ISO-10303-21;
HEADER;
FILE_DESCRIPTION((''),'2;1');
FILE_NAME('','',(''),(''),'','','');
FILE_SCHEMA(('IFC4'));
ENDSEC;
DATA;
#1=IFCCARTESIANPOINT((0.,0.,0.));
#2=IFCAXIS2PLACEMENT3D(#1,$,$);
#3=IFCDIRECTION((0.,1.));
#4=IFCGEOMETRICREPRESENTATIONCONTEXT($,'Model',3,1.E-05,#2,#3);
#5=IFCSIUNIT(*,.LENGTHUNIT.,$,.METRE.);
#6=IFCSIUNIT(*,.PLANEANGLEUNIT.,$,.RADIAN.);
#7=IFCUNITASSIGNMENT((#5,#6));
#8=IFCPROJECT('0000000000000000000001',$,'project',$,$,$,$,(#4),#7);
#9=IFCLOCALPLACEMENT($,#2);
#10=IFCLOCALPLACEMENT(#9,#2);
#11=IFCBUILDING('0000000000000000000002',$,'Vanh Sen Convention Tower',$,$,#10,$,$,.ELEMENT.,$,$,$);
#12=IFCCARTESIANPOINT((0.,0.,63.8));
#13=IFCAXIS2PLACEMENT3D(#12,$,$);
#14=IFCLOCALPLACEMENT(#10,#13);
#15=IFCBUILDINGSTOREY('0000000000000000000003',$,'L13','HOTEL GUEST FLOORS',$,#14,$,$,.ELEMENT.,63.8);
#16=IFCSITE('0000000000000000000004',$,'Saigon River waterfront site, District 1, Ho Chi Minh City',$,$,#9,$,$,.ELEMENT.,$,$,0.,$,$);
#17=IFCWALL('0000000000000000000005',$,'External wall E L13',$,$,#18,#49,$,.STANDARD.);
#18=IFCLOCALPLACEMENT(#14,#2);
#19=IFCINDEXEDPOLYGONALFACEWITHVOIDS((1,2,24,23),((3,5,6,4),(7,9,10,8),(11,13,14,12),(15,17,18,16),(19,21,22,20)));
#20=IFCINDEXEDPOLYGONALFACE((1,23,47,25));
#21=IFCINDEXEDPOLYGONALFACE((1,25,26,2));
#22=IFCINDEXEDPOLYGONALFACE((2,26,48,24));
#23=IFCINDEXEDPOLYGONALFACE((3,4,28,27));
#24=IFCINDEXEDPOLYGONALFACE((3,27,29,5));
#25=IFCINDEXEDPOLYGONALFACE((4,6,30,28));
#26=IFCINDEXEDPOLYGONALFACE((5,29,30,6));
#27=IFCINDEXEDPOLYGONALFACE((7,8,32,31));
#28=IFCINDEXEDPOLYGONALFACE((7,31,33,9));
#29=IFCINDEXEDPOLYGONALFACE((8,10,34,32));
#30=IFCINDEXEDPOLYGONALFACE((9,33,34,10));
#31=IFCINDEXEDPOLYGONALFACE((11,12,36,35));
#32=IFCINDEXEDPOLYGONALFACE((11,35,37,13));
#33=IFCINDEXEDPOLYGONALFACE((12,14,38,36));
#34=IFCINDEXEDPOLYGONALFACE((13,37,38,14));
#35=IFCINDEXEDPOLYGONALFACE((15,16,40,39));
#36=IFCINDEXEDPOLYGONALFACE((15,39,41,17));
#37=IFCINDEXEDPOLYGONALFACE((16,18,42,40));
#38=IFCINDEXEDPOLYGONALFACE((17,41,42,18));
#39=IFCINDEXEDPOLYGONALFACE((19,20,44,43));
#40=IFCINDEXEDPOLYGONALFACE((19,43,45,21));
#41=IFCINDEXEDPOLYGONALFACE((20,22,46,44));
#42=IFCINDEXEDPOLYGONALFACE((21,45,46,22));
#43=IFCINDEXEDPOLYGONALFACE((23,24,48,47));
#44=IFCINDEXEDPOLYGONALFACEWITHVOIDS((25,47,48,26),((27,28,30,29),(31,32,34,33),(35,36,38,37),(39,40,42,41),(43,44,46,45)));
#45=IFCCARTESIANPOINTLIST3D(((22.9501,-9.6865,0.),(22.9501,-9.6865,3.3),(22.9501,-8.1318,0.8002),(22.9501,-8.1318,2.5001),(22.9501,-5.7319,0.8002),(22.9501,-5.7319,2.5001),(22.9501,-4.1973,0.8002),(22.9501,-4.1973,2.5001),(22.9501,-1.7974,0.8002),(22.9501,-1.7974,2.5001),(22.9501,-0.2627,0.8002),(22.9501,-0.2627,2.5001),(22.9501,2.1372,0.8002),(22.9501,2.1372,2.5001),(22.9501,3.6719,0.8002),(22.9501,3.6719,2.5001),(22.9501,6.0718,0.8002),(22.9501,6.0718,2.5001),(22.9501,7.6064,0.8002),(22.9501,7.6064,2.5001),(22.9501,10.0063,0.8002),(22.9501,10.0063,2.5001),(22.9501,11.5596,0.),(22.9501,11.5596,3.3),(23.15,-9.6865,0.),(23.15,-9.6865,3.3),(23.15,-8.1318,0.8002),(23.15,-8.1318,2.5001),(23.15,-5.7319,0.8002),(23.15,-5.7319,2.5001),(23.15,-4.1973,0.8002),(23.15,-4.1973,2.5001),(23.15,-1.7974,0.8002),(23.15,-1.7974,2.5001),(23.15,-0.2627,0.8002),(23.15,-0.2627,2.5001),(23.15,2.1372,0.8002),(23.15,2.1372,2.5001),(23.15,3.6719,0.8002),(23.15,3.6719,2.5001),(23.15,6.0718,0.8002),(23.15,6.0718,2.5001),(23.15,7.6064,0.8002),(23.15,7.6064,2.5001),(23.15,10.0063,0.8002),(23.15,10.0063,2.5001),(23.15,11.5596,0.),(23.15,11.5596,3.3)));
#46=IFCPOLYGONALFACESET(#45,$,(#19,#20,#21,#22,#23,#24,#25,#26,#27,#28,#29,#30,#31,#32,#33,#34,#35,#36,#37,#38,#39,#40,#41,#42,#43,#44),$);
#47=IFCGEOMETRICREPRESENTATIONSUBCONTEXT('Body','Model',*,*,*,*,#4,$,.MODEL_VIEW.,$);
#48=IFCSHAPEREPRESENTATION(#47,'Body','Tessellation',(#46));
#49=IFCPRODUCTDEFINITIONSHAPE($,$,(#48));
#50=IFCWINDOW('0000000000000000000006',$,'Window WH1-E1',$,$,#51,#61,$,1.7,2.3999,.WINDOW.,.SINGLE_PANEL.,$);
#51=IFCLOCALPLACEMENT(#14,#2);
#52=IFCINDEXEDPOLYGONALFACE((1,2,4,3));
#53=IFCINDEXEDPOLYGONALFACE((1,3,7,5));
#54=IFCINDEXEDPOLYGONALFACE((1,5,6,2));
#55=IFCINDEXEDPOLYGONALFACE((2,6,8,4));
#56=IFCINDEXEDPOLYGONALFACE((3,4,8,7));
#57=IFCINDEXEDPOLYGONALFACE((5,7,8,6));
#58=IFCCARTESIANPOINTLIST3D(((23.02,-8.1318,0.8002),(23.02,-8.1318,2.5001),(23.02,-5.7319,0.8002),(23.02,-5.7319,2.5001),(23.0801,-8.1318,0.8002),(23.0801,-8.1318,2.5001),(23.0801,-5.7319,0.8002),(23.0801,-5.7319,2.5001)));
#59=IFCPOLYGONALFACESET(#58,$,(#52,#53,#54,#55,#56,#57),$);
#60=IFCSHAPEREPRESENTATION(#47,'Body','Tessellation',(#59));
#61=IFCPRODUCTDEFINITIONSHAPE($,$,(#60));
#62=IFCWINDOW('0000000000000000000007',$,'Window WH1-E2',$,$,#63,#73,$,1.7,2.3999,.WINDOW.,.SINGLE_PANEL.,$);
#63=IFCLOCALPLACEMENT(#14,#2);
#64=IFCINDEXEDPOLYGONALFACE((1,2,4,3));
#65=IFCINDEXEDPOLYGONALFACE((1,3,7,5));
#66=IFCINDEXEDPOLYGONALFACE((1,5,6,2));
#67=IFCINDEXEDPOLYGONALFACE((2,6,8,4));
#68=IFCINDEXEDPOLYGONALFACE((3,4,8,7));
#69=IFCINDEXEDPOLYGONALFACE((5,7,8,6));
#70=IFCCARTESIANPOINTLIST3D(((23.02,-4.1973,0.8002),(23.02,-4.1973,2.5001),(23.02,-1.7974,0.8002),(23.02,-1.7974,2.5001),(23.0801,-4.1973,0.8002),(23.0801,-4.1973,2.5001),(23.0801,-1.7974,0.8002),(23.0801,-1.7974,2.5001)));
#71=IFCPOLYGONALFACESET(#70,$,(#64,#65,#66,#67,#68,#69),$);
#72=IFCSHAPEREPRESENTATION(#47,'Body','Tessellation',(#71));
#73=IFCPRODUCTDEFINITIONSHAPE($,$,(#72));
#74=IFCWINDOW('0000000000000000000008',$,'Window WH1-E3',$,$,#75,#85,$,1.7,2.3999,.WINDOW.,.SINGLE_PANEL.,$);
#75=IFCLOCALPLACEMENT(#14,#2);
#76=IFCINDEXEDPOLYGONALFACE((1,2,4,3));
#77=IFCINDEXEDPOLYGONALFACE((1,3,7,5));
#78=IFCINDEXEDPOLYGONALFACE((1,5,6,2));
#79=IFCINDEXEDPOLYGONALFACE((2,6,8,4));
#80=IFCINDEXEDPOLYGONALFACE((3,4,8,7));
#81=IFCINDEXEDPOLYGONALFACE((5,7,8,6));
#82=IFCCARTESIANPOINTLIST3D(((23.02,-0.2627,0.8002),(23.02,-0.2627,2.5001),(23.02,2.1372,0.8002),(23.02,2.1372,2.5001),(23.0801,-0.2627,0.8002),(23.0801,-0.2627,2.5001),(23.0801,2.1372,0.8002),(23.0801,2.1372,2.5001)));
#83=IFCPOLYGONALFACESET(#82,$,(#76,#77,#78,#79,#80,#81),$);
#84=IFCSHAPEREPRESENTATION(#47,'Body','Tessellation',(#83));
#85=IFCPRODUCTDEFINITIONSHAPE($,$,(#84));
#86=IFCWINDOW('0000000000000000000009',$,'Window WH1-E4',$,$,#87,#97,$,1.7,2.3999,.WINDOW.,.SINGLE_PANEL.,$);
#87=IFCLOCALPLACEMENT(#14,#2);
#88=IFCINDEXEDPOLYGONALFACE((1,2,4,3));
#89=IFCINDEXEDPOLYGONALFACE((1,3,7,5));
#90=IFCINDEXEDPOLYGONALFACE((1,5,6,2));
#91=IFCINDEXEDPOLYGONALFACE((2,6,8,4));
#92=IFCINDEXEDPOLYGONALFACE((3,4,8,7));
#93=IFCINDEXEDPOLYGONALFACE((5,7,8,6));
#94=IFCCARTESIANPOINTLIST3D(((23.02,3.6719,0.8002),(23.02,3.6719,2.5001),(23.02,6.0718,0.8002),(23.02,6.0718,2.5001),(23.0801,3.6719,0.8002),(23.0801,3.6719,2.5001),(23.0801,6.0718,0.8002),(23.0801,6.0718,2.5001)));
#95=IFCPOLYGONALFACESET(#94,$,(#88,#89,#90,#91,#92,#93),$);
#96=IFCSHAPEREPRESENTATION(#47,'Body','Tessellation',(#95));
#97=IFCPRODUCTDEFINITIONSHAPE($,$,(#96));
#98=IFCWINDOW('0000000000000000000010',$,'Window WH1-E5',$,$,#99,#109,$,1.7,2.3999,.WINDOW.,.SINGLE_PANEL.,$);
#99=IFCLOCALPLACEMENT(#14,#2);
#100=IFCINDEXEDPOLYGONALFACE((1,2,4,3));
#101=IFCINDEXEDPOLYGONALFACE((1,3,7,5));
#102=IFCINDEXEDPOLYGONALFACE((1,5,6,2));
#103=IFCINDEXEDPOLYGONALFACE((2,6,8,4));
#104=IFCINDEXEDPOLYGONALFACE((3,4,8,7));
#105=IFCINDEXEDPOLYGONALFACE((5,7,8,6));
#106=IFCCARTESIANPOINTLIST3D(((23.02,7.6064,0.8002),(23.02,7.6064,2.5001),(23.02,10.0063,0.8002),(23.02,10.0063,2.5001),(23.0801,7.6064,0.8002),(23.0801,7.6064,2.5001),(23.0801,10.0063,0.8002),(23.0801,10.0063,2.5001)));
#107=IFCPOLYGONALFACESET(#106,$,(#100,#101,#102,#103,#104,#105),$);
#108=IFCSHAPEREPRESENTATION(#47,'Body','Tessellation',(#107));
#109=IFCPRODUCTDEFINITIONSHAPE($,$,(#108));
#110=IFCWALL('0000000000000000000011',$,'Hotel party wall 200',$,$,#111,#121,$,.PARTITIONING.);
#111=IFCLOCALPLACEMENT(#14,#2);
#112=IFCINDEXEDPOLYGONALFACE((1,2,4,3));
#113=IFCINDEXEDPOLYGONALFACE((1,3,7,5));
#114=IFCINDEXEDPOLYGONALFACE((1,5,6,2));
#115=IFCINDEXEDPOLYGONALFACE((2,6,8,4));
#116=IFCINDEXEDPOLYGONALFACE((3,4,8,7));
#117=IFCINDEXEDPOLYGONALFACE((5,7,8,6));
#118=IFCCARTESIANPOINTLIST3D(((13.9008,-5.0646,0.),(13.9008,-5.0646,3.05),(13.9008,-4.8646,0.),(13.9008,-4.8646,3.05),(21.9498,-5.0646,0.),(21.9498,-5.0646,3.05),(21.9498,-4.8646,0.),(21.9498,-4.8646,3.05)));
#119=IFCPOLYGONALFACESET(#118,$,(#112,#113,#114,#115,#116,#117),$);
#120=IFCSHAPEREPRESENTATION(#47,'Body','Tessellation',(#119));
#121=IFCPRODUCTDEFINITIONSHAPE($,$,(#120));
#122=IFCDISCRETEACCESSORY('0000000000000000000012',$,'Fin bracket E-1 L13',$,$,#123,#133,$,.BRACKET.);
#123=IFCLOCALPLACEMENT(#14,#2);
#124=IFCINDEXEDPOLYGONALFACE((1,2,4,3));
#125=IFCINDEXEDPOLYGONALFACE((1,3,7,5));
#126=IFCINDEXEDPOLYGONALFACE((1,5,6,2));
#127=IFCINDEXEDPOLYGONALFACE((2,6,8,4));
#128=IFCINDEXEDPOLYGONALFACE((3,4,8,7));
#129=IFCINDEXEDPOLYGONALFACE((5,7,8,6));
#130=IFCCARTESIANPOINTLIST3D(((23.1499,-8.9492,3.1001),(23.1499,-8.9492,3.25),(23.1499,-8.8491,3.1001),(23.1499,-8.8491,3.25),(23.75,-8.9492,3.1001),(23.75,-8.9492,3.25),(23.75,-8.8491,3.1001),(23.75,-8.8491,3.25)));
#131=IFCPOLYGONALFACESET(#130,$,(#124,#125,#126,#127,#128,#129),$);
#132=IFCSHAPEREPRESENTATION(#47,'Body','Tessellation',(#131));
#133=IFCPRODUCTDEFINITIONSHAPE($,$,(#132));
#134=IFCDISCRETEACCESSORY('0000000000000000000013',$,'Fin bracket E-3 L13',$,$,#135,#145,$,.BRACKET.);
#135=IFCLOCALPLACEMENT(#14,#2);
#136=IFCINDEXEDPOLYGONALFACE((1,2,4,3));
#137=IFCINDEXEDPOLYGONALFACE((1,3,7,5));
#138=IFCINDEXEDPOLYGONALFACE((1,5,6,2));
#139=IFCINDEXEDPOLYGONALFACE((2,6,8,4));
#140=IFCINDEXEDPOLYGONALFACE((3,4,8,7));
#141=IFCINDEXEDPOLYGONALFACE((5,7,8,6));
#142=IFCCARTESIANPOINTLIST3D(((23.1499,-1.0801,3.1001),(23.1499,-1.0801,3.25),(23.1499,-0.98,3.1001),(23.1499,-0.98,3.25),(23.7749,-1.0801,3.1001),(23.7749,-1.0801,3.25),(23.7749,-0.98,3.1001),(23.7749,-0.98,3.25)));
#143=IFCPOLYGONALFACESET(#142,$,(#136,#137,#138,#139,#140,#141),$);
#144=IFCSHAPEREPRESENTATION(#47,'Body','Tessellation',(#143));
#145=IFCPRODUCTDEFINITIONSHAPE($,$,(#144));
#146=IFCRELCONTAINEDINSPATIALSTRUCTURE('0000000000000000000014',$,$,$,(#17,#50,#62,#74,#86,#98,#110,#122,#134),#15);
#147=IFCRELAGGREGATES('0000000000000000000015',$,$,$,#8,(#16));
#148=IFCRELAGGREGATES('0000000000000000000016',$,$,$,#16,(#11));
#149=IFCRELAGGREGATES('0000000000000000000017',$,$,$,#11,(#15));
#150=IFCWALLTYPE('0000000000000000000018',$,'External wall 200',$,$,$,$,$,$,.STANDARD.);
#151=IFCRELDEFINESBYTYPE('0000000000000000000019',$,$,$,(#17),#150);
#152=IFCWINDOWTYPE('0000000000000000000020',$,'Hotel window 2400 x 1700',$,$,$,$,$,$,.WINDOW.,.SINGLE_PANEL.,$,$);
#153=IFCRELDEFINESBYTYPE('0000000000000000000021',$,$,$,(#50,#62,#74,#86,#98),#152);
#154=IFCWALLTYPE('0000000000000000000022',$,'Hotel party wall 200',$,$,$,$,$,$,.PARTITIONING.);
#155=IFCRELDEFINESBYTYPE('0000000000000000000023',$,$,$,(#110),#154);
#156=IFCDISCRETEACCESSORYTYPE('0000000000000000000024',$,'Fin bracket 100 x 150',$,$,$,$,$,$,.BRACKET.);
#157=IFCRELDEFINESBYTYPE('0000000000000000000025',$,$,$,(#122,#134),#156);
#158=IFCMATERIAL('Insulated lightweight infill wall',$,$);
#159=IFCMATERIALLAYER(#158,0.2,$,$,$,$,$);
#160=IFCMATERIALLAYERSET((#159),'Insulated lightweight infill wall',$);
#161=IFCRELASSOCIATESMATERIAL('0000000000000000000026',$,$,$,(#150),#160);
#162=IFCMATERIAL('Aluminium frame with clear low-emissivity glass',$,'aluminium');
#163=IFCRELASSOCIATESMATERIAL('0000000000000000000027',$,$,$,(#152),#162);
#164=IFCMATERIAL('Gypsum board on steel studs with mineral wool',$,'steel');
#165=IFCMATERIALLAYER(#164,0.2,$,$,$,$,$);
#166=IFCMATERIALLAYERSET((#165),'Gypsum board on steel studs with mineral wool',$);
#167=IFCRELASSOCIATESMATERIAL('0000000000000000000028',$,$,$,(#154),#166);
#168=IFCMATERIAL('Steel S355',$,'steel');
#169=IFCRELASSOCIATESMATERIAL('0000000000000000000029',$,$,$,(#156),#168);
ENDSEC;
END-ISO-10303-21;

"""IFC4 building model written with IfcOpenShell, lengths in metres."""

from ifc_helpers import new_model, si_unit, direction, frame, frame_2d, origin, origin_2d, place, context, subcontext, project, spatial, rectangle, extrude, material, layer, layer_set, type_object, element, fill, save


model = new_model("IFC4")

# Units and contexts
model_context = context("Model", 3, precision=1e-05, world=origin(), true_north=direction((0.0, 1.0)))
body_context = subcontext(model_context, "Body", "Model", "MODEL_VIEW")
ifc_project = project(units=[si_unit("LENGTHUNIT", "METRE"), si_unit("PLANEANGLEUNIT", "RADIAN")], contexts=[model_context])

# Site, building, storey
site_placement = place(None, origin())
site = spatial("IfcSite", under=ifc_project, at=site_placement, Name="Saigon River waterfront site, District 1, Ho Chi Minh City", CompositionType="ELEMENT", RefElevation=0.0)
building_placement = place(site_placement, origin())
building = spatial("IfcBuilding", under=site, at=building_placement, Name="Vanh Sen Convention Tower", CompositionType="ELEMENT")
storey_placement = place(building_placement, frame((0.0, 0.0, 63.8)))
storey = spatial("IfcBuildingStorey", under=building, at=storey_placement, Name="L13", Description="HOTEL GUEST FLOORS", CompositionType="ELEMENT", Elevation=63.8)

# Wall, openings, windows
ifc_material_1 = material(Name="Insulated lightweight infill wall")
ifc_layer_1 = layer(ifc_material_1, 0.2)
ifc_layer_set_1 = layer_set([ifc_layer_1], Name="Insulated lightweight infill wall")
wall_type_1 = type_object("IfcWallType", Name="External wall 200", PredefinedType="STANDARD", material=ifc_layer_set_1)
wall_1_placement = place(storey_placement, frame((23.05, -9.6865, 0.0), z_axis=(0.0, 0.0, 1.0), x_axis=(0.0, 1.0, 0.0)))
wall_1 = element("IfcWall", 1, at=wall_1_placement, inside=storey, type_object=wall_type_1, Name="External wall E L13", PredefinedType="STANDARD", context=body_context, shape_type="SweptSolid", body=[
    extrude(rectangle(XDim=21.2461, YDim=0.2, at=frame_2d((10.623, 0.0))), origin(), (0.0, 0.0, 1.0), 3.3),
])
opening_1_placement = place(wall_1_placement, frame((1.5547, 0.0, 0.8)))
opening_1 = element("IfcOpeningElement", 2, at=opening_1_placement, cuts=wall_1, PredefinedType="OPENING", context=body_context, shape_type="SweptSolid", body=[
    extrude(rectangle(XDim=2.3999, YDim=1.7, at=frame_2d((1.2, 0.8501))), frame((0.0, 0.1099, 0.0), z_axis=(0.0, -1.0, 0.0), x_axis=(1.0, 0.0, 0.0)), (0.0, 0.0, 1.0), 0.22),
])
opening_2_placement = place(wall_1_placement, frame((5.4893, 0.0, 0.8)))
opening_2 = element("IfcOpeningElement", 3, at=opening_2_placement, cuts=wall_1, PredefinedType="OPENING", context=body_context, shape_type="SweptSolid", body=[
    extrude(rectangle(XDim=2.3999, YDim=1.7, at=frame_2d((1.2, 0.8501))), frame((0.0, 0.1099, 0.0), z_axis=(0.0, -1.0, 0.0), x_axis=(1.0, 0.0, 0.0)), (0.0, 0.0, 1.0), 0.22),
])
opening_3_placement = place(wall_1_placement, frame((9.4238, 0.0, 0.8)))
opening_3 = element("IfcOpeningElement", 4, at=opening_3_placement, cuts=wall_1, PredefinedType="OPENING", context=body_context, shape_type="SweptSolid", body=[
    extrude(rectangle(XDim=2.3999, YDim=1.7, at=frame_2d((1.2, 0.8501))), frame((0.0, 0.1099, 0.0), z_axis=(0.0, -1.0, 0.0), x_axis=(1.0, 0.0, 0.0)), (0.0, 0.0, 1.0), 0.22),
])
opening_4_placement = place(wall_1_placement, frame((13.3584, 0.0, 0.8)))
opening_4 = element("IfcOpeningElement", 5, at=opening_4_placement, cuts=wall_1, PredefinedType="OPENING", context=body_context, shape_type="SweptSolid", body=[
    extrude(rectangle(XDim=2.3999, YDim=1.7, at=frame_2d((1.2, 0.8501))), frame((0.0, 0.1099, 0.0), z_axis=(0.0, -1.0, 0.0), x_axis=(1.0, 0.0, 0.0)), (0.0, 0.0, 1.0), 0.22),
])
opening_5_placement = place(wall_1_placement, frame((17.293, 0.0, 0.8)))
opening_5 = element("IfcOpeningElement", 6, at=opening_5_placement, cuts=wall_1, PredefinedType="OPENING", context=body_context, shape_type="SweptSolid", body=[
    extrude(rectangle(XDim=2.3999, YDim=1.7, at=frame_2d((1.2, 0.8501))), frame((0.0, 0.1099, 0.0), z_axis=(0.0, -1.0, 0.0), x_axis=(1.0, 0.0, 0.0)), (0.0, 0.0, 1.0), 0.22),
])
ifc_material_2 = material(Name="Aluminium frame with clear low-emissivity glass", Category="aluminium")
window_type = type_object("IfcWindowType", Name="Hotel window 2400 x 1700", PartitioningType="SINGLE_PANEL", PredefinedType="WINDOW", material=ifc_material_2)
window_1_placement = place(opening_1_placement, origin())
window_1 = element("IfcWindow", 7, at=window_1_placement, inside=storey, type_object=window_type, Name="Window WH1-E1", OverallHeight=1.7, OverallWidth=2.3999, PartitioningType="SINGLE_PANEL", PredefinedType="WINDOW", context=body_context, shape_type="SweptSolid", body=[
    extrude(rectangle(XDim=2.3999, YDim=1.7, at=frame_2d((1.2, 0.8501))), frame((0.0, 0.03, 0.0), z_axis=(0.0, -1.0, 0.0), x_axis=(1.0, 0.0, 0.0)), (0.0, 0.0, 1.0), 0.0601),
])
fill(opening_1, window_1)
window_2_placement = place(opening_2_placement, origin())
window_2 = element("IfcWindow", 8, at=window_2_placement, inside=storey, type_object=window_type, Name="Window WH1-E2", OverallHeight=1.7, OverallWidth=2.3999, PartitioningType="SINGLE_PANEL", PredefinedType="WINDOW", context=body_context, shape_type="SweptSolid", body=[
    extrude(rectangle(XDim=2.3999, YDim=1.7, at=frame_2d((1.2, 0.8501))), frame((0.0, 0.03, 0.0), z_axis=(0.0, -1.0, 0.0), x_axis=(1.0, 0.0, 0.0)), (0.0, 0.0, 1.0), 0.0601),
])
fill(opening_2, window_2)
window_3_placement = place(opening_3_placement, origin())
window_3 = element("IfcWindow", 9, at=window_3_placement, inside=storey, type_object=window_type, Name="Window WH1-E3", OverallHeight=1.7, OverallWidth=2.3999, PartitioningType="SINGLE_PANEL", PredefinedType="WINDOW", context=body_context, shape_type="SweptSolid", body=[
    extrude(rectangle(XDim=2.3999, YDim=1.7, at=frame_2d((1.2, 0.8501))), frame((0.0, 0.03, 0.0), z_axis=(0.0, -1.0, 0.0), x_axis=(1.0, 0.0, 0.0)), (0.0, 0.0, 1.0), 0.0601),
])
fill(opening_3, window_3)
window_4_placement = place(opening_4_placement, origin())
window_4 = element("IfcWindow", 10, at=window_4_placement, inside=storey, type_object=window_type, Name="Window WH1-E4", OverallHeight=1.7, OverallWidth=2.3999, PartitioningType="SINGLE_PANEL", PredefinedType="WINDOW", context=body_context, shape_type="SweptSolid", body=[
    extrude(rectangle(XDim=2.3999, YDim=1.7, at=frame_2d((1.2, 0.8501))), frame((0.0, 0.03, 0.0), z_axis=(0.0, -1.0, 0.0), x_axis=(1.0, 0.0, 0.0)), (0.0, 0.0, 1.0), 0.0601),
])
fill(opening_4, window_4)
window_5_placement = place(opening_5_placement, origin())
window_5 = element("IfcWindow", 11, at=window_5_placement, inside=storey, type_object=window_type, Name="Window WH1-E5", OverallHeight=1.7, OverallWidth=2.3999, PartitioningType="SINGLE_PANEL", PredefinedType="WINDOW", context=body_context, shape_type="SweptSolid", body=[
    extrude(rectangle(XDim=2.3999, YDim=1.7, at=frame_2d((1.2, 0.8501))), frame((0.0, 0.03, 0.0), z_axis=(0.0, -1.0, 0.0), x_axis=(1.0, 0.0, 0.0)), (0.0, 0.0, 1.0), 0.0601),
])
fill(opening_5, window_5)

# Wall
ifc_material_3 = material(Name="Gypsum board on steel studs with mineral wool", Category="steel")
ifc_layer_2 = layer(ifc_material_3, 0.2)
ifc_layer_set_2 = layer_set([ifc_layer_2], Name="Gypsum board on steel studs with mineral wool")
wall_type_2 = type_object("IfcWallType", Name="Hotel party wall 200", PredefinedType="PARTITIONING", material=ifc_layer_set_2)
wall_2_placement = place(storey_placement, frame((13.9009, -4.9646, 0.0), z_axis=(0.0, 0.0, 1.0), x_axis=(1.0, 0.0, 0.0)))
element("IfcWall", 12, at=wall_2_placement, inside=storey, type_object=wall_type_2, Name="Hotel party wall 200", PredefinedType="PARTITIONING", context=body_context, shape_type="SweptSolid", body=[
    extrude(rectangle(XDim=8.0491, YDim=0.2, at=frame_2d((4.0244, 0.0))), origin(), (0.0, 0.0, 1.0), 3.05),
])

# Discrete accessories
ifc_material_4 = material(Name="Steel S355", Category="steel")
discrete_accessory_type = type_object("IfcDiscreteAccessoryType", Name="Fin bracket 100 x 150", PredefinedType="BRACKET", material=ifc_material_4)
discrete_accessory_1_placement = place(storey_placement, frame((23.45, -8.8992, 3.1001), z_axis=(0.0, 0.0, 1.0), x_axis=(1.0, 0.0, 0.0)))
element("IfcDiscreteAccessory", 13, at=discrete_accessory_1_placement, inside=storey, type_object=discrete_accessory_type, Name="Fin bracket E-1 L13", PredefinedType="BRACKET", context=body_context, shape_type="SweptSolid", body=[
    extrude(rectangle(XDim=0.6001, YDim=0.1001, at=origin_2d()), origin(), (0.0, 0.0, 1.0), 0.1499),
])
discrete_accessory_2_placement = place(storey_placement, frame((23.4624, -1.03, 3.1001), z_axis=(0.0, 0.0, 1.0), x_axis=(1.0, 0.0, 0.0)))
element("IfcDiscreteAccessory", 14, at=discrete_accessory_2_placement, inside=storey, type_object=discrete_accessory_type, Name="Fin bracket E-3 L13", PredefinedType="BRACKET", context=body_context, shape_type="SweptSolid", body=[
    extrude(rectangle(XDim=0.625, YDim=0.1001, at=origin_2d()), origin(), (0.0, 0.0, 1.0), 0.1499),
])

save(model, "model.ifc")
